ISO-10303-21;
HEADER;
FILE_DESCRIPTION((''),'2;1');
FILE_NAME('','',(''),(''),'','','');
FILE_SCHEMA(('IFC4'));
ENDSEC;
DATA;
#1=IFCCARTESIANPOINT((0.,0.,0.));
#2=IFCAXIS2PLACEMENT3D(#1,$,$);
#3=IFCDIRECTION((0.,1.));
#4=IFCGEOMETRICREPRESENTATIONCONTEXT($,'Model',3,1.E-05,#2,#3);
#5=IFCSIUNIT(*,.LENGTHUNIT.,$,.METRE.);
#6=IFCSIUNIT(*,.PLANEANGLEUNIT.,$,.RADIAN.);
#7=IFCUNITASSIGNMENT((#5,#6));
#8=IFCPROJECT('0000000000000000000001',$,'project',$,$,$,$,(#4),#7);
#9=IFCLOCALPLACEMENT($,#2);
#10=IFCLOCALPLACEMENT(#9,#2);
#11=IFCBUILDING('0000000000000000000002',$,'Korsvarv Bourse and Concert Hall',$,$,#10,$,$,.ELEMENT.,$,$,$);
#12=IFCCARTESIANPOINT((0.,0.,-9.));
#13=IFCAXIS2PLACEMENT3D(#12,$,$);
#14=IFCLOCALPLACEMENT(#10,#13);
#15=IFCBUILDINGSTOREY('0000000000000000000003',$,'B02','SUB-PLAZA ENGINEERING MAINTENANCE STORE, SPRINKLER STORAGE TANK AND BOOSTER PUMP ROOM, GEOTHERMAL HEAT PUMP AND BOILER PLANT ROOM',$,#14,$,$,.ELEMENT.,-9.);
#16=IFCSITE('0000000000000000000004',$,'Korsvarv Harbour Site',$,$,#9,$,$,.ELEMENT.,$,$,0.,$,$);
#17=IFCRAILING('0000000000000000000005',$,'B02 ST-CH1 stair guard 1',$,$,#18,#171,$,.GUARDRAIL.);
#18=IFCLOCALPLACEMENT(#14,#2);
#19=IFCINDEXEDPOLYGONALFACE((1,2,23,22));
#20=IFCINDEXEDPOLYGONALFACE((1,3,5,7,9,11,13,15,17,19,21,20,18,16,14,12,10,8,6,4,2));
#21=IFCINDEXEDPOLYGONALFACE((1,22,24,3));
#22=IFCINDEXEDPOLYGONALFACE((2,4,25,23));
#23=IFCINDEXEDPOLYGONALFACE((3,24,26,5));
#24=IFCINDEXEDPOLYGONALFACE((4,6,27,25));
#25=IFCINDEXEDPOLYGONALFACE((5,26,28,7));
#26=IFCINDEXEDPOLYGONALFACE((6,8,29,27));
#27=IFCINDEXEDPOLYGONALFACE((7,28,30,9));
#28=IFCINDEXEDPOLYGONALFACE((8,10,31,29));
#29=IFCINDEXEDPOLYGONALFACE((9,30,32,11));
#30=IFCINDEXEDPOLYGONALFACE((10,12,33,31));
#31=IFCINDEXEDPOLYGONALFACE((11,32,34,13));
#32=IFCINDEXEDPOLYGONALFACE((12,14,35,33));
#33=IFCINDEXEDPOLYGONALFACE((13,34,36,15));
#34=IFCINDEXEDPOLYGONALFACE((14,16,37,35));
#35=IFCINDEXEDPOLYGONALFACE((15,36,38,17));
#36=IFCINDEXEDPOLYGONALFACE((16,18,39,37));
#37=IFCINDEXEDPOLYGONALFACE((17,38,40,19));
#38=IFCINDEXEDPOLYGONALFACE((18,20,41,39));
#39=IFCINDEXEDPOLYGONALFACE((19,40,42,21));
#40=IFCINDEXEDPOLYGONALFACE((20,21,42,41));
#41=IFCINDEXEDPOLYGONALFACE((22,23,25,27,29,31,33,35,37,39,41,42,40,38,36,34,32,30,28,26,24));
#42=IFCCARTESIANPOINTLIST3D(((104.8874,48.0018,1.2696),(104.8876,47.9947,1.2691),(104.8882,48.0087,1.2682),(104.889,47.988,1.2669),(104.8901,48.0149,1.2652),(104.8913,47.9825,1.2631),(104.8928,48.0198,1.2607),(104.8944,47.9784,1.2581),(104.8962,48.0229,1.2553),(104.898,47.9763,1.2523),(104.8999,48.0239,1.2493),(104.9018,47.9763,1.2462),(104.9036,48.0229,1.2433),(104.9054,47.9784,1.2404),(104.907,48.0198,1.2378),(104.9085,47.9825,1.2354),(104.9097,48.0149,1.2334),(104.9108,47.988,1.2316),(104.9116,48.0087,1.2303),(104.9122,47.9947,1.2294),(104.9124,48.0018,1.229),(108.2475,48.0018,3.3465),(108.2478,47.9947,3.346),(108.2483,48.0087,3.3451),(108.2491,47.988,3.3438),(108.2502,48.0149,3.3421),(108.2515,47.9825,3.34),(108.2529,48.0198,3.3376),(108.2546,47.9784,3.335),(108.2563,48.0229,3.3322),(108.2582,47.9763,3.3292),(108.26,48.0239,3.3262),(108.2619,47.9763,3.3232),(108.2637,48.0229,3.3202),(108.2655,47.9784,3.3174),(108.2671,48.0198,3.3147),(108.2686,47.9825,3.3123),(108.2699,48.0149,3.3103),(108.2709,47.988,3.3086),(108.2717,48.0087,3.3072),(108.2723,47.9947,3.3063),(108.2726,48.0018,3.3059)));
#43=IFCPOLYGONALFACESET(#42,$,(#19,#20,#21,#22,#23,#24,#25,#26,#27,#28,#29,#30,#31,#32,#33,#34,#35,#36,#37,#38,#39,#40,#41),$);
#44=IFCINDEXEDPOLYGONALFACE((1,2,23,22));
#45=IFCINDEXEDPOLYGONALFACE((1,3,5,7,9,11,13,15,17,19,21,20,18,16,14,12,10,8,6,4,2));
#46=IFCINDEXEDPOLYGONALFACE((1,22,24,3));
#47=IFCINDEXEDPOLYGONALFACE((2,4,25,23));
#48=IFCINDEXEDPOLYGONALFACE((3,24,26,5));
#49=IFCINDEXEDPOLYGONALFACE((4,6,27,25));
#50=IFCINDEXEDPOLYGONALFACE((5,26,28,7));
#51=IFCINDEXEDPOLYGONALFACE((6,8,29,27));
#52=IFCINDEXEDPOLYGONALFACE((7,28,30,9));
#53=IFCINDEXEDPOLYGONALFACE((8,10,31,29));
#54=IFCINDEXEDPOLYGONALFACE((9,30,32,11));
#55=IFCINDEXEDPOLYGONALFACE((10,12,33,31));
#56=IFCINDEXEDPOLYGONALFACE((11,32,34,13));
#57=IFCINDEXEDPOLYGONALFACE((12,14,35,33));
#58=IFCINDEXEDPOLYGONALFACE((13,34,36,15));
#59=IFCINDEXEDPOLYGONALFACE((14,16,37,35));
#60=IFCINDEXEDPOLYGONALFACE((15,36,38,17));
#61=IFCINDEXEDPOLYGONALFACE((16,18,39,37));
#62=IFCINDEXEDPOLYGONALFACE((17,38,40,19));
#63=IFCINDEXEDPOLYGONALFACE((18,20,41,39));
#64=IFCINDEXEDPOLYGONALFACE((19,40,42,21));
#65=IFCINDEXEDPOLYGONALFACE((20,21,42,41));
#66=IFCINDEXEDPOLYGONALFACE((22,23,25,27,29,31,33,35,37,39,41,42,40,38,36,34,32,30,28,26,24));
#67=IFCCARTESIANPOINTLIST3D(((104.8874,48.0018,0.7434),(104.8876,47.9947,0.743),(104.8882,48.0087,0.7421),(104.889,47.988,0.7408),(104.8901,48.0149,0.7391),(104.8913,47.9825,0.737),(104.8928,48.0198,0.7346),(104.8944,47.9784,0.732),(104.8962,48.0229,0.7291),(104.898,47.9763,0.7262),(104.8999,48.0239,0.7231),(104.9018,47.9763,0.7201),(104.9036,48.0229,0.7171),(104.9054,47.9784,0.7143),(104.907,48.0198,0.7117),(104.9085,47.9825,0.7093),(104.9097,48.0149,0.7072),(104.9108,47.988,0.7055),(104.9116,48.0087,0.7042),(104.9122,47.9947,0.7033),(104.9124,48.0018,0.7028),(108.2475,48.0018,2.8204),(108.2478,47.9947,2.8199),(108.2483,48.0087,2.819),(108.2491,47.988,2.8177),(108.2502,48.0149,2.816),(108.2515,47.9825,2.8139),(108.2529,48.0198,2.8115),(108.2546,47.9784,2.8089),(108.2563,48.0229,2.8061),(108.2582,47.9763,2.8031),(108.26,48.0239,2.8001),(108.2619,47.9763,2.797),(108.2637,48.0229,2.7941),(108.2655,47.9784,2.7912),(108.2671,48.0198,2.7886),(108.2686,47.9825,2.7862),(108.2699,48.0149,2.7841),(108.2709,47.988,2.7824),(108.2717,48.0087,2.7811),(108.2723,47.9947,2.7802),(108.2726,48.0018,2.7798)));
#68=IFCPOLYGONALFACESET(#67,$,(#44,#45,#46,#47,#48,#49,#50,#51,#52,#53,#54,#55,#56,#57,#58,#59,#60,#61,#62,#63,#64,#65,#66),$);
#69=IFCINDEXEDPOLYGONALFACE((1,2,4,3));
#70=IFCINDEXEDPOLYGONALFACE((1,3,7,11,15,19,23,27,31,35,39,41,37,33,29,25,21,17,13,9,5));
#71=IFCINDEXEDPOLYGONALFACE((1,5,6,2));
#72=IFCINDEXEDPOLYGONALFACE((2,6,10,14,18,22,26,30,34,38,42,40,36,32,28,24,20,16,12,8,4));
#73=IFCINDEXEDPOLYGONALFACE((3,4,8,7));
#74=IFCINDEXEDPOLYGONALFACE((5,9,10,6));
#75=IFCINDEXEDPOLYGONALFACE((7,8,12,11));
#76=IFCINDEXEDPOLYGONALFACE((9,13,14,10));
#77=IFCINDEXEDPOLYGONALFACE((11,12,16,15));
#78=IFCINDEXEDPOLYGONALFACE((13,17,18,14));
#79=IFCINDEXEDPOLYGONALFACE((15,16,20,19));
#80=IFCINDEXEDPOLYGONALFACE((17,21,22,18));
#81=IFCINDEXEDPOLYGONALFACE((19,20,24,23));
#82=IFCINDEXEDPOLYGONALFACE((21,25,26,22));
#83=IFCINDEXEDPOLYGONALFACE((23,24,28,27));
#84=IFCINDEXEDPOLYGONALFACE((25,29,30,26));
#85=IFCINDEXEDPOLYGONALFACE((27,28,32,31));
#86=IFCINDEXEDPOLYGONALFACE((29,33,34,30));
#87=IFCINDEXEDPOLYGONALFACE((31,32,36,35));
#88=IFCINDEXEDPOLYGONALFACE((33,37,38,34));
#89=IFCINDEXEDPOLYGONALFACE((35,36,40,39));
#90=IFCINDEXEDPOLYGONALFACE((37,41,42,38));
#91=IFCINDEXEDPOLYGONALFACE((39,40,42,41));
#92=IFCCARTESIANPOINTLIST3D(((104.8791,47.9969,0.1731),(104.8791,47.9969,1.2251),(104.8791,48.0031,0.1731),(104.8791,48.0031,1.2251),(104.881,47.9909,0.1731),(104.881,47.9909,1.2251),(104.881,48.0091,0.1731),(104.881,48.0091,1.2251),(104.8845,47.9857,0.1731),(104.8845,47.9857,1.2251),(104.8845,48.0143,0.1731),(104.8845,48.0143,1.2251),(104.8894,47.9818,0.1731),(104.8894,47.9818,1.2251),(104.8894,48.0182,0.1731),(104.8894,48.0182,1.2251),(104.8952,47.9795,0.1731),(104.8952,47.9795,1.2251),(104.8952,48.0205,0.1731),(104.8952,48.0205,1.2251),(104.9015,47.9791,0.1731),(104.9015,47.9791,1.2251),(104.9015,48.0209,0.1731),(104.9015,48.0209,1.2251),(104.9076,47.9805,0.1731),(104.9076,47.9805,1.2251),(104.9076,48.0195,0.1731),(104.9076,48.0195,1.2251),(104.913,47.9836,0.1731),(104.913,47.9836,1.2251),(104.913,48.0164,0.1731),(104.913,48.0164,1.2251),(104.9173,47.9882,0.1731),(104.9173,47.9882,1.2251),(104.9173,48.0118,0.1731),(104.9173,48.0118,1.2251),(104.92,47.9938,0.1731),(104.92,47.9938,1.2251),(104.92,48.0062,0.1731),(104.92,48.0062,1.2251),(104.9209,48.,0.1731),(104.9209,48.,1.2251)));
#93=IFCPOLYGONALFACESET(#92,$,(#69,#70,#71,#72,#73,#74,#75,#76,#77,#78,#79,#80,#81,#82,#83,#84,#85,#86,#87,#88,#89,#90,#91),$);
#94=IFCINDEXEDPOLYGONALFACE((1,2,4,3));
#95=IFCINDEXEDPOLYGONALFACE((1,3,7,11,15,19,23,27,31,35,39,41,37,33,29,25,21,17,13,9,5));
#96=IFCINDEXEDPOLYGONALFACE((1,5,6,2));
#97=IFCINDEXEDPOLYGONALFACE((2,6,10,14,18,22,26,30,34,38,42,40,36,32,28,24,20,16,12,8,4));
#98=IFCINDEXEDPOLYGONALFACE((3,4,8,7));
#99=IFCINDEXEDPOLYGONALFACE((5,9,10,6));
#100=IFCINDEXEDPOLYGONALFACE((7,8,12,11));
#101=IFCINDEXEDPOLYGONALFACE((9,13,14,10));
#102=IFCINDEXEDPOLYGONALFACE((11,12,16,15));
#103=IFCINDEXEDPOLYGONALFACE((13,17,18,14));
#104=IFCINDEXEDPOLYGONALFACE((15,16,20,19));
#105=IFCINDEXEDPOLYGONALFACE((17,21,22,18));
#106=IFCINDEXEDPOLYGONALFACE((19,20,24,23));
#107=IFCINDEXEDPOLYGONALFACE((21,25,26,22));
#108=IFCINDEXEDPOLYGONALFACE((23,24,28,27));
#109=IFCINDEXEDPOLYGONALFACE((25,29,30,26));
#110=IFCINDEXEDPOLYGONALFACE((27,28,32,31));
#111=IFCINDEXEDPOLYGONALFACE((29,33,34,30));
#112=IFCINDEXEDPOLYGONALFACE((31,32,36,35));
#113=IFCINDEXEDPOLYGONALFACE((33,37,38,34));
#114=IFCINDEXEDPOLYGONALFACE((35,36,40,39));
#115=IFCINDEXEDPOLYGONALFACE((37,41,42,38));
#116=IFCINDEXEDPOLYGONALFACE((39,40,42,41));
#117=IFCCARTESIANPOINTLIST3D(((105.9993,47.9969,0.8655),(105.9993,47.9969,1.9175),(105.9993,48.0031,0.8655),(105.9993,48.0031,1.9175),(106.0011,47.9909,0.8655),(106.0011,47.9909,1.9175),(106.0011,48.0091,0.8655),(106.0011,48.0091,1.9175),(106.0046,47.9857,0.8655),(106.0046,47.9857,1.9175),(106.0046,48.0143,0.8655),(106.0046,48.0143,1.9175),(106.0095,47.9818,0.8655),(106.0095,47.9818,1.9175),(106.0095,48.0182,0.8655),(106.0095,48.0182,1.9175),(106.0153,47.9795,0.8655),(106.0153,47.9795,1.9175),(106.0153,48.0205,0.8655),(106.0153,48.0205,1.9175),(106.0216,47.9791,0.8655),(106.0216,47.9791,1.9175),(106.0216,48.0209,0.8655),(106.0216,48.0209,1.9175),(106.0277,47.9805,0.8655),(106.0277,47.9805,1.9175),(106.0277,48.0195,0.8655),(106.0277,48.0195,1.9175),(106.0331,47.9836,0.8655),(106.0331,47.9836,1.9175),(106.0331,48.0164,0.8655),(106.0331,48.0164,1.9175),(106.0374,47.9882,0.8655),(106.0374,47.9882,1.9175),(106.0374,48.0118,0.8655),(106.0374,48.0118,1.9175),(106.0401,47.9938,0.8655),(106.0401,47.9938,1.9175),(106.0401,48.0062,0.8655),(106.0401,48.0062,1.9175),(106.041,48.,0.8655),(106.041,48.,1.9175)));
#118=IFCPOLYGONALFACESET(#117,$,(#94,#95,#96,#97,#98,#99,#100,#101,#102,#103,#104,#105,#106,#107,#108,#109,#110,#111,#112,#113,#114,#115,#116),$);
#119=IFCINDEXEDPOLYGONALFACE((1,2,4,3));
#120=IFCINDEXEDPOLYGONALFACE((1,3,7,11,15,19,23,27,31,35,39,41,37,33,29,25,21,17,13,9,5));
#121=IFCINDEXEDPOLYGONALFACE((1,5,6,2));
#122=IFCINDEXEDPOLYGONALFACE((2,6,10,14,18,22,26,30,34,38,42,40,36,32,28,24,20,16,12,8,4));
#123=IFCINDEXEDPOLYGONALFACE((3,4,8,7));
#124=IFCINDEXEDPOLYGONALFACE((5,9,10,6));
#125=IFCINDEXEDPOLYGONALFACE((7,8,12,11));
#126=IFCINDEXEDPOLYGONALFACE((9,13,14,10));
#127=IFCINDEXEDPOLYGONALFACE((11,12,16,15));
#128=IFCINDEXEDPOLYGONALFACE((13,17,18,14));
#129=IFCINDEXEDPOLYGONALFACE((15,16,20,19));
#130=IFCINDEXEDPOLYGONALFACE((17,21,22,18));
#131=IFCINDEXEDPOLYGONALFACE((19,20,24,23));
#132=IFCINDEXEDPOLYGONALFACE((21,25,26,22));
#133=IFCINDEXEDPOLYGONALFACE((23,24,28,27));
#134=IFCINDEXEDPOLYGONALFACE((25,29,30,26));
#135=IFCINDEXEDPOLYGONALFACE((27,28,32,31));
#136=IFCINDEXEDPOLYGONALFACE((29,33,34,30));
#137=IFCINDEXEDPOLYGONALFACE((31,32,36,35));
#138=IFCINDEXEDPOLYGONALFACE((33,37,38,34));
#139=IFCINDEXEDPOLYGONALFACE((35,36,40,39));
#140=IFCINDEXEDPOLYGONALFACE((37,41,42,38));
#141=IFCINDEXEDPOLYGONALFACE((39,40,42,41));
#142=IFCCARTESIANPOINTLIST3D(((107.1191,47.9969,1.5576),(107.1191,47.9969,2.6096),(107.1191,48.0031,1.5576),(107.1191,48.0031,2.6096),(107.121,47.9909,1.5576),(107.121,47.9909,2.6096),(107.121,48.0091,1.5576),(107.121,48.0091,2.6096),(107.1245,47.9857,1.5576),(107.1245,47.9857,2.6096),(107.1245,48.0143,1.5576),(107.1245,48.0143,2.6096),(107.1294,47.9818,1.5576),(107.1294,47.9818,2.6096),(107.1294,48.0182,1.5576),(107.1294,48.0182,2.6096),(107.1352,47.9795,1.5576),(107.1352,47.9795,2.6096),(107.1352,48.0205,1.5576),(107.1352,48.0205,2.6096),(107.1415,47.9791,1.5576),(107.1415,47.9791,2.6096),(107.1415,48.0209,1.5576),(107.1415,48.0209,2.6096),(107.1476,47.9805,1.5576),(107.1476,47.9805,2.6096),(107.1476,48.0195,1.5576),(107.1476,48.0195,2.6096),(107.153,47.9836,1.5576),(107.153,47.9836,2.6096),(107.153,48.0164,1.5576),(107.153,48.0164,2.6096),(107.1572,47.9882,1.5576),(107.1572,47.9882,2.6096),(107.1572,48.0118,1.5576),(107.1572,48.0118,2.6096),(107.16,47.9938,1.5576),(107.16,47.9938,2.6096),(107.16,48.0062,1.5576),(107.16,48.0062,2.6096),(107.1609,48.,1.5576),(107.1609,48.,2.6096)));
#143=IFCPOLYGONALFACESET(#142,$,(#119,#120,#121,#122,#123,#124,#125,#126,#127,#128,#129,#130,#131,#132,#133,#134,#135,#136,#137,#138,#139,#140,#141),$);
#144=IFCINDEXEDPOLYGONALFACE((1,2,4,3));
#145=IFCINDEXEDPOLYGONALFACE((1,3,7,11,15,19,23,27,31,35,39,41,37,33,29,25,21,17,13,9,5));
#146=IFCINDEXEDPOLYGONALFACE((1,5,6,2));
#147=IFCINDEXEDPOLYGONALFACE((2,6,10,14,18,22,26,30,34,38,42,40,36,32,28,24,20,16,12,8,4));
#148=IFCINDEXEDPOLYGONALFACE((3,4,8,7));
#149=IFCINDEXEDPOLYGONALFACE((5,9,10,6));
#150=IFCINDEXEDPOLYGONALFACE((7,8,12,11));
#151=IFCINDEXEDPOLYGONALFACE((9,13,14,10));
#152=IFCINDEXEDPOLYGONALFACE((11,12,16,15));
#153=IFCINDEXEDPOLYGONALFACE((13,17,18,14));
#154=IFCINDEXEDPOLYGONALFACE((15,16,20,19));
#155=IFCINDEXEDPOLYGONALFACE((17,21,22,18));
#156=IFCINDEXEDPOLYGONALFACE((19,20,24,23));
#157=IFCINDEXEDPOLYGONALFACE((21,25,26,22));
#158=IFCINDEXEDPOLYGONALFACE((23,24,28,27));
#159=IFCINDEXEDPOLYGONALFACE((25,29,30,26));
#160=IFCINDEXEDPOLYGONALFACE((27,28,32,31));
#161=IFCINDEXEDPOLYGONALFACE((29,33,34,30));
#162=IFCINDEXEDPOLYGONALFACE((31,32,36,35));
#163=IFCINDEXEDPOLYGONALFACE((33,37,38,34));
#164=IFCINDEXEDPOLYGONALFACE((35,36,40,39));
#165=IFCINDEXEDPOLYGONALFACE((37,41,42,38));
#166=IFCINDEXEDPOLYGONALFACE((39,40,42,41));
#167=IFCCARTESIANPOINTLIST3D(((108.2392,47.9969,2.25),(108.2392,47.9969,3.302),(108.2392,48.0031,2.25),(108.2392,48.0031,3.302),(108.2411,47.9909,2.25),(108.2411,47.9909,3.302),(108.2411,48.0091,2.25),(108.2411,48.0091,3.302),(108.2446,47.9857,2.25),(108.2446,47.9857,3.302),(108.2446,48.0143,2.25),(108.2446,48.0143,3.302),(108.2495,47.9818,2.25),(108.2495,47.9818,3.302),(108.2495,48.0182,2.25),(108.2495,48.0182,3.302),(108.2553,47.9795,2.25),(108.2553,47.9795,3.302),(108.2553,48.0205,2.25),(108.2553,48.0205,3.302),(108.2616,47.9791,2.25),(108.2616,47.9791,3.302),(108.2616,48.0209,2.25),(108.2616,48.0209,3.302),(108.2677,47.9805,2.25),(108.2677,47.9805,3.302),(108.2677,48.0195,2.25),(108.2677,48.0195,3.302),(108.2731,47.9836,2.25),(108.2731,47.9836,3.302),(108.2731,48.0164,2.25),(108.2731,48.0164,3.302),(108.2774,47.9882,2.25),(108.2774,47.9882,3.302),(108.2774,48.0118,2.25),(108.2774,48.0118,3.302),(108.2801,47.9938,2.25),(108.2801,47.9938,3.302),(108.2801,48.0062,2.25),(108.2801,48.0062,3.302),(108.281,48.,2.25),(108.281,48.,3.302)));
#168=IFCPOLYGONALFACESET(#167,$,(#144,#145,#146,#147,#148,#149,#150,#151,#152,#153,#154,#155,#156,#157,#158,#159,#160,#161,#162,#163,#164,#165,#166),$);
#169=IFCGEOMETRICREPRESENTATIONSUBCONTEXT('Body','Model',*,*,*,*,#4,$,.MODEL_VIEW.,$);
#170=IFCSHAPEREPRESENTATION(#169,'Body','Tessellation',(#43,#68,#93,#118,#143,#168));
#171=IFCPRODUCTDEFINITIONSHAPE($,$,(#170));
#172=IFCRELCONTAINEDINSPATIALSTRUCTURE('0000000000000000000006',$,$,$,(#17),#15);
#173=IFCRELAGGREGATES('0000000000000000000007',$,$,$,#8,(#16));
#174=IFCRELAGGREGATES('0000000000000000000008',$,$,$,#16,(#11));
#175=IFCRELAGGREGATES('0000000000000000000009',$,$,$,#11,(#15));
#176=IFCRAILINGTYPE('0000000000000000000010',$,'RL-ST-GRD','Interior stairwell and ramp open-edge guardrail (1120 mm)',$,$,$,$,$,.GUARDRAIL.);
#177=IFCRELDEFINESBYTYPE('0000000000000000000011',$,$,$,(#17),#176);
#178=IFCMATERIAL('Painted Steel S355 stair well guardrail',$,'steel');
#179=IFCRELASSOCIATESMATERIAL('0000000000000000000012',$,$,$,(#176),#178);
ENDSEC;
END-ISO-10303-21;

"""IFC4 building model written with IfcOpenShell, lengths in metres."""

from ifc_helpers import new_model, si_unit, direction, frame, origin, origin_2d, place, context, subcontext, project, spatial, circle, extrude, material, type_object, element, save


model = new_model("IFC4")

# Units and contexts
model_context = context("Model", 3, precision=1e-05, world=origin(), true_north=direction((0.0, 1.0)))
body_context = subcontext(model_context, "Body", "Model", "MODEL_VIEW")
ifc_project = project(units=[si_unit("LENGTHUNIT", "METRE"), si_unit("PLANEANGLEUNIT", "RADIAN")], contexts=[model_context])

# Site, building, storey
site_placement = place(None, origin())
site = spatial("IfcSite", under=ifc_project, at=site_placement, Name="Korsvarv Harbour Site", CompositionType="ELEMENT", RefElevation=0.0)
building_placement = place(site_placement, origin())
building = spatial("IfcBuilding", under=site, at=building_placement, Name="Korsvarv Bourse and Concert Hall", CompositionType="ELEMENT")
storey_placement = place(building_placement, frame((0.0, 0.0, -9.0)))
storey = spatial("IfcBuildingStorey", under=building, at=storey_placement, Name="B02", Description="SUB-PLAZA ENGINEERING MAINTENANCE STORE, SPRINKLER STORAGE TANK AND BOOSTER PUMP ROOM, GEOTHERMAL HEAT PUMP AND BOILER PLANT ROOM", CompositionType="ELEMENT", Elevation=-9.0)

# Railing
ifc_material_1 = material(Name="Painted Steel S355 stair well guardrail", Category="steel")
railing_type_1 = type_object("IfcRailingType", Name="RL-ST-GRD", Description="Interior stairwell and ramp open-edge guardrail (1120 mm)", PredefinedType="GUARDRAIL", material=ifc_material_1)
railing_1_placement = place(storey_placement, frame((104.8999, 48.0, 0.1731)))
element("IfcRailing", 1, at=railing_1_placement, inside=storey, type_object=railing_type_1, Name="B02 ST-CH1 stair guard 1", PredefinedType="GUARDRAIL", context=body_context, shape_type="SweptSolid", body=[
    extrude(circle(Radius=0.0239, at=origin_2d()), frame((0.0, 0.0, 1.0762), z_axis=(0.850623, 0.0, 0.525776), x_axis=(0.0, 1.0, 0.0)), (0.0, 0.0, 1.0), 3.9502),
    extrude(circle(Radius=0.0239, at=origin_2d()), frame((0.0, 0.0, 0.55), z_axis=(0.850623, 0.0, 0.525776), x_axis=(0.0, 1.0, 0.0)), (0.0, 0.0, 1.0), 3.9502),
    extrude(circle(Radius=0.021, at=origin_2d()), origin(), (0.0, 0.0, 1.0), 1.052),
    extrude(circle(Radius=0.021, at=origin_2d()), frame((1.1201, 0.0, 0.6924)), (0.0, 0.0, 1.0), 1.052),
    extrude(circle(Radius=0.021, at=origin_2d()), frame((2.24, 0.0, 1.3845)), (0.0, 0.0, 1.0), 1.052),
    extrude(circle(Radius=0.021, at=origin_2d()), frame((3.3601, 0.0, 2.0769)), (0.0, 0.0, 1.0), 1.052),
])

save(model, "model.ifc")
